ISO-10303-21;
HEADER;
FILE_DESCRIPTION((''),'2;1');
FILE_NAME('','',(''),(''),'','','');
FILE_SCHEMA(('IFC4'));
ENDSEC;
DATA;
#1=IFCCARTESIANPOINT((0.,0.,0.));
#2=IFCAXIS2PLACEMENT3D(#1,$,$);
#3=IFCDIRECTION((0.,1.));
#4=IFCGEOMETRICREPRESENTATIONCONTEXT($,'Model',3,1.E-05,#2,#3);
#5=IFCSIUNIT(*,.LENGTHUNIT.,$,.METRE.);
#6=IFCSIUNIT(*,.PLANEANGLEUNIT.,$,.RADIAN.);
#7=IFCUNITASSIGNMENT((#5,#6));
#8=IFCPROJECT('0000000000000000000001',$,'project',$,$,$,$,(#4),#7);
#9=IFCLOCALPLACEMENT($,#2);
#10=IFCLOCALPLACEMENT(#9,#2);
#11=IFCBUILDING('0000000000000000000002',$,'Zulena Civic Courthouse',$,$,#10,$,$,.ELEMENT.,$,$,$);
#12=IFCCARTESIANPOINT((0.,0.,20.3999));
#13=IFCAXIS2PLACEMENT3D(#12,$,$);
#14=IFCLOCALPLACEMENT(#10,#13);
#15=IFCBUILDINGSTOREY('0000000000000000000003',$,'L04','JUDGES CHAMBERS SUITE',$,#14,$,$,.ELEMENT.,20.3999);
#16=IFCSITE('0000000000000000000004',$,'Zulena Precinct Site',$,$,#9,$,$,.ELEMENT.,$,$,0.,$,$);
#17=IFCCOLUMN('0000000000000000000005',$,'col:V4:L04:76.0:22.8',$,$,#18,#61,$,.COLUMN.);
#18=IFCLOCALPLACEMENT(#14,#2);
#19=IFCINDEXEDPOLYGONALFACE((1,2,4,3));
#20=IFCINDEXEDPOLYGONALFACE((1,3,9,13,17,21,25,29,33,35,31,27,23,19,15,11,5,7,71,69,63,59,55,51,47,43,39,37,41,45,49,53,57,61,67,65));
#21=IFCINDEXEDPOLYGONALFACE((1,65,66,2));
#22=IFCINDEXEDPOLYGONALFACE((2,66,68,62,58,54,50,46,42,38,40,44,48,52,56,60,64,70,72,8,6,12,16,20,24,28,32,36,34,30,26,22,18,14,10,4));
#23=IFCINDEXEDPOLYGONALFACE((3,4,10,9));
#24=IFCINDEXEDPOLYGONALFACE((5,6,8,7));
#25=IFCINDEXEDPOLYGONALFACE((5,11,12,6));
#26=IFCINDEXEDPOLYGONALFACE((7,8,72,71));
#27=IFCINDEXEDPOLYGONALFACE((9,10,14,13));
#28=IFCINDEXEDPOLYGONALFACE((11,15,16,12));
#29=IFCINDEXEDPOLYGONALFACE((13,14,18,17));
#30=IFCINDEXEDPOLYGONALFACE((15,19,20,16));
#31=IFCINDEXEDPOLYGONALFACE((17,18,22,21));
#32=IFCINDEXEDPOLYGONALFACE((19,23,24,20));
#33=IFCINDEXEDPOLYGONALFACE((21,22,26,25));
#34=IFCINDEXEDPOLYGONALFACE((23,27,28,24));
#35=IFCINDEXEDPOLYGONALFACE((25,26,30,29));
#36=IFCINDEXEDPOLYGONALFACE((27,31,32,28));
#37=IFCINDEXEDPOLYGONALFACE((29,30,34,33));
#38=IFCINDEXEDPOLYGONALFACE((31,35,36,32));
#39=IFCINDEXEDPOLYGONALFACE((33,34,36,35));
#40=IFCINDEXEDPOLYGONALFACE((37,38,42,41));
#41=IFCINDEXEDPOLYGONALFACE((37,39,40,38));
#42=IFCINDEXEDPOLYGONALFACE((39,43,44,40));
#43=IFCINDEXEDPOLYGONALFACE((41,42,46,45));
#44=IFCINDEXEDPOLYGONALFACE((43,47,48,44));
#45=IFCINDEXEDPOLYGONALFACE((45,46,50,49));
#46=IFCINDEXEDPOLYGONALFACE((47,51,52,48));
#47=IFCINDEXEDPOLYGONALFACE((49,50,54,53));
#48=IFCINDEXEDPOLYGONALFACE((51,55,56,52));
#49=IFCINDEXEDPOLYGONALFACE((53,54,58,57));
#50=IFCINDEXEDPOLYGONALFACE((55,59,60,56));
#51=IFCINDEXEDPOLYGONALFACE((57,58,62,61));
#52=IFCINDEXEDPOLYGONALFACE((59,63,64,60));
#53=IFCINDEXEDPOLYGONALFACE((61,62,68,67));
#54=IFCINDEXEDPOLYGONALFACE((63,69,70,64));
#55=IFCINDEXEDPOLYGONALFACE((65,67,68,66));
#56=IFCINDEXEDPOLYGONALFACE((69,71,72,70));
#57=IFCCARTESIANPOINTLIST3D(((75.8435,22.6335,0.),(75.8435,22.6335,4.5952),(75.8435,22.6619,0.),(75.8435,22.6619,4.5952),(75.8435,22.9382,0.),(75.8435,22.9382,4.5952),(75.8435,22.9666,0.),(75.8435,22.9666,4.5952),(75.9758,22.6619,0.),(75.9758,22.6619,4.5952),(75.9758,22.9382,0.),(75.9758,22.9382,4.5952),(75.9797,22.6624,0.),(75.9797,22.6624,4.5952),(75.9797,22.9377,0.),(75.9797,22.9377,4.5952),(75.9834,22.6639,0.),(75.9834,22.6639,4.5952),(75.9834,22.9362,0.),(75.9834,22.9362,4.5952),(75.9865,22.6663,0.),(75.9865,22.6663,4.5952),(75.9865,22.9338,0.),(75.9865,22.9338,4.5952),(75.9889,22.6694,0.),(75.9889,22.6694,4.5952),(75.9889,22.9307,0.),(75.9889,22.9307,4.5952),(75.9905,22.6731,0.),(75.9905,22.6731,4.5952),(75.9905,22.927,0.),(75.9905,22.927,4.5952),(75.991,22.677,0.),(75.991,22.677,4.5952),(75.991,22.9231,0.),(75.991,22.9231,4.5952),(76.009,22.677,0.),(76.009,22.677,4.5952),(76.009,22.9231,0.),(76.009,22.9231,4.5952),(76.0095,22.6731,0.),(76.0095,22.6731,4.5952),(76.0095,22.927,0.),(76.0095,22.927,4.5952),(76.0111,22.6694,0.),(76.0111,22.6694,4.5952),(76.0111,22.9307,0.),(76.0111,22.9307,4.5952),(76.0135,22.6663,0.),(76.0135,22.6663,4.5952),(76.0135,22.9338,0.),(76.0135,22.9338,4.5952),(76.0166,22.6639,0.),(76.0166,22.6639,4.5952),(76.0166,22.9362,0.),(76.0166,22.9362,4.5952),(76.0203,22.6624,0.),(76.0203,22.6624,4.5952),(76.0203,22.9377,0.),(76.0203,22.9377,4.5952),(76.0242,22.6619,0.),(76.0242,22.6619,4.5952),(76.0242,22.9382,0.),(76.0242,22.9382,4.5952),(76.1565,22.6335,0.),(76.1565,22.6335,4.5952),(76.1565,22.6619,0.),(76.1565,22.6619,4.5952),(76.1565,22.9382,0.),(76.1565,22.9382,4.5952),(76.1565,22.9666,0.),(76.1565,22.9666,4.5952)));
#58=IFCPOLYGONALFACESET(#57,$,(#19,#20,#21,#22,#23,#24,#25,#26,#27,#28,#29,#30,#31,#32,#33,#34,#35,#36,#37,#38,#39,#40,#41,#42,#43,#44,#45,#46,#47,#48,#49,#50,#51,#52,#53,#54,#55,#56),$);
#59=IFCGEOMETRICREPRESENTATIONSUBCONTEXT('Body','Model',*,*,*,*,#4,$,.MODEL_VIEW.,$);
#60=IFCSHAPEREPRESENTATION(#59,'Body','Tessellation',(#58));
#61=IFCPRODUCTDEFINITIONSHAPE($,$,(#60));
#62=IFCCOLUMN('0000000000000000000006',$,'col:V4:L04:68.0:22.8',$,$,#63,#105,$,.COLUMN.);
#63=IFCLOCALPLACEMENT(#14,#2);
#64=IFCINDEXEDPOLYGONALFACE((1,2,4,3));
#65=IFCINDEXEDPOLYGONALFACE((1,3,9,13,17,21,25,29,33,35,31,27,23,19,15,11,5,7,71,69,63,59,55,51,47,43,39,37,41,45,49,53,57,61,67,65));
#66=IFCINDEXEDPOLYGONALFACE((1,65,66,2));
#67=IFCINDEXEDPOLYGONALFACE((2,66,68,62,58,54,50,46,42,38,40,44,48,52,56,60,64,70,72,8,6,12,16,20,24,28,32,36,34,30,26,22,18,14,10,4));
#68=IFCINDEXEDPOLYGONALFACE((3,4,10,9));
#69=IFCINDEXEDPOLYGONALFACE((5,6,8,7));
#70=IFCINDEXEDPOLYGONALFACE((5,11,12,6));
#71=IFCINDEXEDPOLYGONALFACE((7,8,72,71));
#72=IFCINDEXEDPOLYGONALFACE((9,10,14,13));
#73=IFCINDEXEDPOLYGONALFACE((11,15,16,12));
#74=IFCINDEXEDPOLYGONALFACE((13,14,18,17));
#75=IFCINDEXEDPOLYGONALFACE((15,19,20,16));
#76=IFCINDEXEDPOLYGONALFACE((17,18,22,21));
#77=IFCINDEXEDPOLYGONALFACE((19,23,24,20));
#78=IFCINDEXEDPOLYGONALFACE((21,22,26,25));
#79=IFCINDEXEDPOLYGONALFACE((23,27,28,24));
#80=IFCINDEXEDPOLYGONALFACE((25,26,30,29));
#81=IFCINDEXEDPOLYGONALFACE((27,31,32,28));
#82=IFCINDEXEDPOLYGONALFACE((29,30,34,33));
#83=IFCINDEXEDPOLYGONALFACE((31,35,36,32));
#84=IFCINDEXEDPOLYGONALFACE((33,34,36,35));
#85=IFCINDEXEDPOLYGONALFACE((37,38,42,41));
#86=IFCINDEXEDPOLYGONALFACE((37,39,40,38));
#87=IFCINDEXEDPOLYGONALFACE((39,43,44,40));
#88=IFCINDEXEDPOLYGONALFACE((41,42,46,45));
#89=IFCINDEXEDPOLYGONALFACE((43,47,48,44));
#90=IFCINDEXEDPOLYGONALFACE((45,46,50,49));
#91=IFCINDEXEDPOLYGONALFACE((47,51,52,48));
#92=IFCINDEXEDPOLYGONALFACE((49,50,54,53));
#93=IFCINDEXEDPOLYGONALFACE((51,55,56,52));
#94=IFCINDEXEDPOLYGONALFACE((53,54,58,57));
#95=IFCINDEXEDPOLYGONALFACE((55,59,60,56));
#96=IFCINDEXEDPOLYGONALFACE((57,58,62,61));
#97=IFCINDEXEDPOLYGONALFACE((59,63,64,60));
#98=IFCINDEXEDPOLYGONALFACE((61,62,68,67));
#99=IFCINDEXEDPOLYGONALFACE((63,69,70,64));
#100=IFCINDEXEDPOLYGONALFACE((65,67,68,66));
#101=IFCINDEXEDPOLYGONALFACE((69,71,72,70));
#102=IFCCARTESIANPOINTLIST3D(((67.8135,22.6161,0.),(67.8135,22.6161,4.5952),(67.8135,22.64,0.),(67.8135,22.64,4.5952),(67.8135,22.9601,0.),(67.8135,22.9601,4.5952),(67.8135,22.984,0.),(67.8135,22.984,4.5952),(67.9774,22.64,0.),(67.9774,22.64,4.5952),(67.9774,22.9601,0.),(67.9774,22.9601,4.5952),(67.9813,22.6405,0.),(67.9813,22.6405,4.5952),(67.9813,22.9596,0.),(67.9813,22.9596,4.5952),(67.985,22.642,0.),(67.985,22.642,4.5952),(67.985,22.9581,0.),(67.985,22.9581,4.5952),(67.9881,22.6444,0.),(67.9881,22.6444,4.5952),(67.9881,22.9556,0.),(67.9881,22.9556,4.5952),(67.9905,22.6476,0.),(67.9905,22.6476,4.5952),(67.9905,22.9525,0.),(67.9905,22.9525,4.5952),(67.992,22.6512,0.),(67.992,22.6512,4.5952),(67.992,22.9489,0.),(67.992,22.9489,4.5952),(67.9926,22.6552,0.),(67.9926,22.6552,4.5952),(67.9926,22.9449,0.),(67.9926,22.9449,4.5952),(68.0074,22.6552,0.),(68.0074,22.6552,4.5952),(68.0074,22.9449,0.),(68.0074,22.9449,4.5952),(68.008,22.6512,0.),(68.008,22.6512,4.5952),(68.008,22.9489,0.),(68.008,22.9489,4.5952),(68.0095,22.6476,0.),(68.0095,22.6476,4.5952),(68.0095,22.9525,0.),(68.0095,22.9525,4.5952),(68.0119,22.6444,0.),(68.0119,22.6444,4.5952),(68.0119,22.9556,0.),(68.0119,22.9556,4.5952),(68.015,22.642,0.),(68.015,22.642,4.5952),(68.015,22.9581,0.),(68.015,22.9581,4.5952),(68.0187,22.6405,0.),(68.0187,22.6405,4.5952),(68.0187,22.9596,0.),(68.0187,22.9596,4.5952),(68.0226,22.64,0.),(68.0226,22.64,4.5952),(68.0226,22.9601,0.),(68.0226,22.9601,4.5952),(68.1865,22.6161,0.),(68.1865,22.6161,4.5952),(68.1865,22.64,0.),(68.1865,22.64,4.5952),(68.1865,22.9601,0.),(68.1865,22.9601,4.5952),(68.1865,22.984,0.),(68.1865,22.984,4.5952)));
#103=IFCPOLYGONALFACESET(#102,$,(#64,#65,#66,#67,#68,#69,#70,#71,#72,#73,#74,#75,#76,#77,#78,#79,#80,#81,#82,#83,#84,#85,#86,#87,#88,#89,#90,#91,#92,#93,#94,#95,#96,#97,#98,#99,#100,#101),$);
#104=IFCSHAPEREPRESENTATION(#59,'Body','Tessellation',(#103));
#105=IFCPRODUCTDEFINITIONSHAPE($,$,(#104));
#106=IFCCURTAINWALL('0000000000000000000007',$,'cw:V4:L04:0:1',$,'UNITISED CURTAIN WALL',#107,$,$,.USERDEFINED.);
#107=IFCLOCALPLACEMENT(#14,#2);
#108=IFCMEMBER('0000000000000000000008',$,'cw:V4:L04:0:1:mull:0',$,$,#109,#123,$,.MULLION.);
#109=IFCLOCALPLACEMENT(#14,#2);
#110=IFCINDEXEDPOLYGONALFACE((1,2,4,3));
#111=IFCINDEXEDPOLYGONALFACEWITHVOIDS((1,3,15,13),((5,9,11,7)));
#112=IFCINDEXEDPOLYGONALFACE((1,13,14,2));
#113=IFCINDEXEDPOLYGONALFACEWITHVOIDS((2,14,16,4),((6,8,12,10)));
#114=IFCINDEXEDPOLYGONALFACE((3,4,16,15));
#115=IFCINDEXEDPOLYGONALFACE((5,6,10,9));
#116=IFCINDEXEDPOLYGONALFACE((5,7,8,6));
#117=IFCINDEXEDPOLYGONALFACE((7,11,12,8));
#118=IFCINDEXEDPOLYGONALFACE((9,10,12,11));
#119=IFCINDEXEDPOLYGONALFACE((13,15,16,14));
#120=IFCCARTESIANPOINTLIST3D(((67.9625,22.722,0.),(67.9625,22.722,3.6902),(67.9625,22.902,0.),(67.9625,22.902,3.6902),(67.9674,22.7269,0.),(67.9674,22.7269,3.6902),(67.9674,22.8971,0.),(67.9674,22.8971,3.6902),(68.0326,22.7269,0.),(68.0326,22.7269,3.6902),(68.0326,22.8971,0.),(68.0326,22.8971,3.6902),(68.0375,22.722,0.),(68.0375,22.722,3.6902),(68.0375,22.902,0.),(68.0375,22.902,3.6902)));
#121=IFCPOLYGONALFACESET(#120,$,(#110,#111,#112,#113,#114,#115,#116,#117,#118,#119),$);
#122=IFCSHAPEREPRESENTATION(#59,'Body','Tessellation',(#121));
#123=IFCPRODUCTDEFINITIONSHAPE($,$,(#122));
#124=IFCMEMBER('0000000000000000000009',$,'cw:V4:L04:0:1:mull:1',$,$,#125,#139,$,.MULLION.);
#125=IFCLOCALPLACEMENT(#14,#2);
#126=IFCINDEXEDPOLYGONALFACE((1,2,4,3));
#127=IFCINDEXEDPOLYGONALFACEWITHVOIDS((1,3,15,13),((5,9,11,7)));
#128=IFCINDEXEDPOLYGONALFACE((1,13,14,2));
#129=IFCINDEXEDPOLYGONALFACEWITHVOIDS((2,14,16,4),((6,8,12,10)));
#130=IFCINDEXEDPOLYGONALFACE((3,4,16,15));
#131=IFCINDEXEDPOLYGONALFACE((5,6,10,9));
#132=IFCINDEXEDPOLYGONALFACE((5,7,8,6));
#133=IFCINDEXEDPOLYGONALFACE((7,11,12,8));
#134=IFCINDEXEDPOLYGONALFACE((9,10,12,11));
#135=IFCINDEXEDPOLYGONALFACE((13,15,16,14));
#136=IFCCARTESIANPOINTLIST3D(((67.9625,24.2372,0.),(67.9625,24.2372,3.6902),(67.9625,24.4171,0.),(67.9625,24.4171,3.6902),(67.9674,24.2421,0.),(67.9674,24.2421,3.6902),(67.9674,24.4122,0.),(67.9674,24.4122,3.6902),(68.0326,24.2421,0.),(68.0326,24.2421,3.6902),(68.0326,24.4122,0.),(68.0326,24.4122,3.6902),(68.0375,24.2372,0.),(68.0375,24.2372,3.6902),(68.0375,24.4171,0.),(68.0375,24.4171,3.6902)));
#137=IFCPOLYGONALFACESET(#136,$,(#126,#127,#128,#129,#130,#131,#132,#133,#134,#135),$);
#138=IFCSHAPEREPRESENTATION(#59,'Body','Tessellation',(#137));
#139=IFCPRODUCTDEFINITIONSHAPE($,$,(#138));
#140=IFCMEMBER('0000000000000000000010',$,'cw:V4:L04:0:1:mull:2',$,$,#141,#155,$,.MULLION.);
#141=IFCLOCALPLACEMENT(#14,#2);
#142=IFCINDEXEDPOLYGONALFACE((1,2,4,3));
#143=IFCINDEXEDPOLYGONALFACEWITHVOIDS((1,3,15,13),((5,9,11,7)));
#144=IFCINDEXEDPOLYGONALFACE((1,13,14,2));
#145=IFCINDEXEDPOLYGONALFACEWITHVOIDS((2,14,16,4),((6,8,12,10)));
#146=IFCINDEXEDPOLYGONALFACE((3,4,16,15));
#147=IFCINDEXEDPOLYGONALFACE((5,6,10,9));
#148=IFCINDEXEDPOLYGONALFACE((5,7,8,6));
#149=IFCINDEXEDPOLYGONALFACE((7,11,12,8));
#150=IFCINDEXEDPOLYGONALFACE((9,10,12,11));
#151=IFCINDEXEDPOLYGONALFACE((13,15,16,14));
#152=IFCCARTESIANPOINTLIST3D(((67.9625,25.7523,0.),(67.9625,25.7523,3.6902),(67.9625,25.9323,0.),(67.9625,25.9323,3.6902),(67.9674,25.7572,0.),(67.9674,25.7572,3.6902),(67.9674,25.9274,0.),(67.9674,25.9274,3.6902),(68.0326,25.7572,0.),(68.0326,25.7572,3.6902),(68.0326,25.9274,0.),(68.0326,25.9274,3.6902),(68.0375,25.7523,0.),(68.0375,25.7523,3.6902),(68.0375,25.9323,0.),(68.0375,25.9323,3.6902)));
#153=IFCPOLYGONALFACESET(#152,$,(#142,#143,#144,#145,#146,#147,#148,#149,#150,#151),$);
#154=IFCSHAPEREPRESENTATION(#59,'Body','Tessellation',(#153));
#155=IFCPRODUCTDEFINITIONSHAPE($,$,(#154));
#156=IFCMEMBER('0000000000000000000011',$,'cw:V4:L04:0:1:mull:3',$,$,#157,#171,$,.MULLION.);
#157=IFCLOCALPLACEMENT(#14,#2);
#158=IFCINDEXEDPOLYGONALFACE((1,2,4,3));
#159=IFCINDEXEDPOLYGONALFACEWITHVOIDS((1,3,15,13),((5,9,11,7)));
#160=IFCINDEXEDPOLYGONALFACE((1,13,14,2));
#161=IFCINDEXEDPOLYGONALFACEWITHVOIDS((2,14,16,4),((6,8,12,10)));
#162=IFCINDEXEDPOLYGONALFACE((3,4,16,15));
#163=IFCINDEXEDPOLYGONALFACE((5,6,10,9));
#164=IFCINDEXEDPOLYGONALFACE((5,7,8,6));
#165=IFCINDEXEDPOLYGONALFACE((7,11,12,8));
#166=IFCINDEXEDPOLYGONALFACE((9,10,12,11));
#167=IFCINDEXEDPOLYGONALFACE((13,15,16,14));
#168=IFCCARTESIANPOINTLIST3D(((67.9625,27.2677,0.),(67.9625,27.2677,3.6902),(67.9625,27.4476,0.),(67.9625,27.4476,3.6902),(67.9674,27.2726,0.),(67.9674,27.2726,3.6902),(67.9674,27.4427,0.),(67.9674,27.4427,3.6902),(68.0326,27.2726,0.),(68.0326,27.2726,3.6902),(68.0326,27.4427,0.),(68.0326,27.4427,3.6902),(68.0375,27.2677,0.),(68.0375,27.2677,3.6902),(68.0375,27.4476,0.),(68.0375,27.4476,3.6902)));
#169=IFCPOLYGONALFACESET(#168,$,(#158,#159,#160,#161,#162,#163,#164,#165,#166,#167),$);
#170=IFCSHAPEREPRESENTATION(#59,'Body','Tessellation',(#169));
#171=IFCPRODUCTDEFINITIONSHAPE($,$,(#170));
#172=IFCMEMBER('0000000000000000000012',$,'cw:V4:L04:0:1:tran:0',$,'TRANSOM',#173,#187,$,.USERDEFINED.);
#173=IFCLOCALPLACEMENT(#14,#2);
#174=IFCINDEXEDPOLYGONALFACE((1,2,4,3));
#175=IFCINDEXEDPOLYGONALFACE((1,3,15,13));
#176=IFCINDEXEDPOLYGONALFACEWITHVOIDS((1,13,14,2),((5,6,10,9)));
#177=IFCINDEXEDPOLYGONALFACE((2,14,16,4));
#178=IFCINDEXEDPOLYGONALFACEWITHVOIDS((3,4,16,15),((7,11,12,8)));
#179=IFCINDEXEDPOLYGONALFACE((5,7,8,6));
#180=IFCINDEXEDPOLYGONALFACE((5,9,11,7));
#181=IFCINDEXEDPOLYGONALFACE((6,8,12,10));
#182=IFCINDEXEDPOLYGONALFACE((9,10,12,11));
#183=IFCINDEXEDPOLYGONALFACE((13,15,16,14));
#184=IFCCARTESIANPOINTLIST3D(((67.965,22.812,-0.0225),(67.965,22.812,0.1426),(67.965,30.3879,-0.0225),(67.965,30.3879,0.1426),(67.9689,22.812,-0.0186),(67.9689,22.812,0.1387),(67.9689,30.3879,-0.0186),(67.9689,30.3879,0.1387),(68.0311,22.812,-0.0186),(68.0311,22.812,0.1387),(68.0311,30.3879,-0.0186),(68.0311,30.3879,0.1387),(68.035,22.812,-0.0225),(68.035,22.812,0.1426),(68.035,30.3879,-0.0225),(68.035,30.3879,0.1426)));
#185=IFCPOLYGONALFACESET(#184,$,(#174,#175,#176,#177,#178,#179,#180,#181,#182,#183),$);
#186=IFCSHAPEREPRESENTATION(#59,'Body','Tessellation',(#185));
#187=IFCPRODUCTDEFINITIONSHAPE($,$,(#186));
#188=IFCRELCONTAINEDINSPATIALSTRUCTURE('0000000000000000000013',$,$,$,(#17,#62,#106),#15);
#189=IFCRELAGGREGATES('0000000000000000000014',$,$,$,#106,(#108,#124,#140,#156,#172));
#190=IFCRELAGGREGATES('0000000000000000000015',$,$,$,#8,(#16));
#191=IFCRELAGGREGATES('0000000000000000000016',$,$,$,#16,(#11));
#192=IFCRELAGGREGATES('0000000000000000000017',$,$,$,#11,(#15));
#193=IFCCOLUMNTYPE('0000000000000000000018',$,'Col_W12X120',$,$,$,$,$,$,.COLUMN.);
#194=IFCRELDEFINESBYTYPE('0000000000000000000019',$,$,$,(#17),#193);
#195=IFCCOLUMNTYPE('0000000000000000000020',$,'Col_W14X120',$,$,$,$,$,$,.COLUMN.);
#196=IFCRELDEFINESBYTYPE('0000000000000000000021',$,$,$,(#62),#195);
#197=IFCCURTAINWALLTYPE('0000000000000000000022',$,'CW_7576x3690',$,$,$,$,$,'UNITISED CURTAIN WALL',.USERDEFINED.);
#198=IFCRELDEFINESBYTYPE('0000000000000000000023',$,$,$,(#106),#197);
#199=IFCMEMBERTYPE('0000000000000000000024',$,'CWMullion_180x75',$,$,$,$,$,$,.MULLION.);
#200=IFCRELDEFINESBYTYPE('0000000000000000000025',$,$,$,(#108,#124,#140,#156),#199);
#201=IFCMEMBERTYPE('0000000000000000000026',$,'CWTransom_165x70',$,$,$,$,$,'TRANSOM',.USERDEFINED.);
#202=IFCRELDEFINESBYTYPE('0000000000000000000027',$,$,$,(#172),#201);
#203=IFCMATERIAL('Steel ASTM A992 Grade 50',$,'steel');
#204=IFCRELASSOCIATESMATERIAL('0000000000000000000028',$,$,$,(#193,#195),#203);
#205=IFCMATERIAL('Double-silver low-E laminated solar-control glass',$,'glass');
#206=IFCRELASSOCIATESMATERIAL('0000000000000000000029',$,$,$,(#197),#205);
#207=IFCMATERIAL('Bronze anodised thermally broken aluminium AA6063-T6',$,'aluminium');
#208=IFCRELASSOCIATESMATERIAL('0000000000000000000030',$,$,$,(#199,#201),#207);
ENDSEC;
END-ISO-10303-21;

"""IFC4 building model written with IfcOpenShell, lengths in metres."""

from ifc_helpers import new_model, si_unit, direction, frame, origin, origin_2d, place, context, subcontext, project, spatial, hollow_rectangle, i_section, extrude, material, material_profile, profile_set, type_object, element, aggregate, save


model = new_model("IFC4")

# Units and contexts
model_context = context("Model", 3, precision=1e-05, world=origin(), true_north=direction((0.0, 1.0)))
body_context = subcontext(model_context, "Body", "Model", "MODEL_VIEW")
ifc_project = project(units=[si_unit("LENGTHUNIT", "METRE"), si_unit("PLANEANGLEUNIT", "RADIAN")], contexts=[model_context])

# Site, building, storey
site_placement = place(None, origin())
site = spatial("IfcSite", under=ifc_project, at=site_placement, Name="Zulena Precinct Site", CompositionType="ELEMENT", RefElevation=0.0)
building_placement = place(site_placement, origin())
building = spatial("IfcBuilding", under=site, at=building_placement, Name="Zulena Civic Courthouse", CompositionType="ELEMENT")
storey_placement = place(building_placement, frame((0.0, 0.0, 20.3999)))
storey = spatial("IfcBuildingStorey", under=building, at=storey_placement, Name="L04", Description="JUDGES CHAMBERS SUITE", CompositionType="ELEMENT", Elevation=20.3999)

# Columns
ifc_material_1 = material(Name="Steel ASTM A992 Grade 50", Category="steel")
ifc_material_profile_1 = material_profile(ifc_material_1, i_section(OverallWidth=0.313, OverallDepth=0.333, WebThickness=0.0181, FlangeThickness=0.0283, FilletRadius=0.0151, at=origin_2d()), Name="W12X120")
ifc_profile_set_1 = profile_set([ifc_material_profile_1], Name="Steel ASTM A992 Grade 50")
column_type_1 = type_object("IfcColumnType", Name="Col_W12X120", PredefinedType="COLUMN", material=ifc_profile_set_1)
column_1_placement = place(storey_placement, frame((76.0, 22.8, 0.0), z_axis=(0.0, 0.0, 1.0), x_axis=(1.0, 0.0, 0.0)))
element("IfcColumn", 1, at=column_1_placement, inside=storey, type_object=column_type_1, Name="col:V4:L04:76.0:22.8", PredefinedType="COLUMN", context=body_context, shape_type="SweptSolid", body=[
    extrude(i_section(OverallWidth=0.313, OverallDepth=0.333, WebThickness=0.0181, FlangeThickness=0.0283, FilletRadius=0.0151, at=origin_2d()), origin(), (0.0, 0.0, 1.0), 4.5952),
])
ifc_material_profile_2 = material_profile(ifc_material_1, i_section(OverallWidth=0.373, OverallDepth=0.3679, WebThickness=0.0149, FlangeThickness=0.0239, FilletRadius=0.0151, at=origin_2d()), Name="W14X120")
ifc_profile_set_2 = profile_set([ifc_material_profile_2], Name="Steel ASTM A992 Grade 50")
column_type_2 = type_object("IfcColumnType", Name="Col_W14X120", PredefinedType="COLUMN", material=ifc_profile_set_2)
column_2_placement = place(storey_placement, frame((68.0, 22.8, 0.0), z_axis=(0.0, 0.0, 1.0), x_axis=(1.0, 0.0, 0.0)))
element("IfcColumn", 2, at=column_2_placement, inside=storey, type_object=column_type_2, Name="col:V4:L04:68.0:22.8", PredefinedType="COLUMN", context=body_context, shape_type="SweptSolid", body=[
    extrude(i_section(OverallWidth=0.373, OverallDepth=0.3679, WebThickness=0.0149, FlangeThickness=0.0239, FilletRadius=0.0151, at=origin_2d()), origin(), (0.0, 0.0, 1.0), 4.5952),
])

# Curtain wall, members
ifc_material_2 = material(Name="Double-silver low-E laminated solar-control glass", Category="glass")
curtain_wall_type = type_object("IfcCurtainWallType", Name="CW_7576x3690", ElementType="UNITISED CURTAIN WALL", PredefinedType="USERDEFINED", material=ifc_material_2)
curtain_wall_placement = place(storey_placement, origin())
curtain_wall = element("IfcCurtainWall", 3, at=curtain_wall_placement, inside=storey, type_object=curtain_wall_type, Name="cw:V4:L04:0:1", ObjectType="UNITISED CURTAIN WALL", PredefinedType="USERDEFINED")
ifc_material_3 = material(Name="Bronze anodised thermally broken aluminium AA6063-T6", Category="aluminium")
ifc_material_profile_3 = material_profile(ifc_material_3, hollow_rectangle(XDim=0.075, YDim=0.1799, WallThickness=0.0049, at=origin_2d()), Name="CWM180X75X5")
ifc_profile_set_3 = profile_set([ifc_material_profile_3], Name="Bronze anodised thermally broken aluminium AA6063-T6")
member_type_1 = type_object("IfcMemberType", Name="CWMullion_180x75", PredefinedType="MULLION", material=ifc_profile_set_3)
member_1_placement = place(storey_placement, frame((68.0, 22.812, 0.0), z_axis=(0.0, 0.0, 1.0), x_axis=(1.0, 0.0, 0.0)))
member_1 = element("IfcMember", 4, at=member_1_placement, type_object=member_type_1, Name="cw:V4:L04:0:1:mull:0", PredefinedType="MULLION", context=body_context, shape_type="SweptSolid", body=[
    extrude(hollow_rectangle(XDim=0.075, YDim=0.1799, WallThickness=0.0049, at=origin_2d()), origin(), (0.0, 0.0, 1.0), 3.6902),
])
member_2_placement = place(storey_placement, frame((68.0, 24.3271, 0.0), z_axis=(0.0, 0.0, 1.0), x_axis=(1.0, 0.0, 0.0)))
member_2 = element("IfcMember", 5, at=member_2_placement, type_object=member_type_1, Name="cw:V4:L04:0:1:mull:1", PredefinedType="MULLION", context=body_context, shape_type="SweptSolid", body=[
    extrude(hollow_rectangle(XDim=0.075, YDim=0.1799, WallThickness=0.0049, at=origin_2d()), origin(), (0.0, 0.0, 1.0), 3.6902),
])
member_3_placement = place(storey_placement, frame((68.0, 25.8423, 0.0), z_axis=(0.0, 0.0, 1.0), x_axis=(1.0, 0.0, 0.0)))
member_3 = element("IfcMember", 6, at=member_3_placement, type_object=member_type_1, Name="cw:V4:L04:0:1:mull:2", PredefinedType="MULLION", context=body_context, shape_type="SweptSolid", body=[
    extrude(hollow_rectangle(XDim=0.075, YDim=0.1799, WallThickness=0.0049, at=origin_2d()), origin(), (0.0, 0.0, 1.0), 3.6902),
])
member_4_placement = place(storey_placement, frame((68.0, 27.3577, 0.0), z_axis=(0.0, 0.0, 1.0), x_axis=(1.0, 0.0, 0.0)))
member_4 = element("IfcMember", 7, at=member_4_placement, type_object=member_type_1, Name="cw:V4:L04:0:1:mull:3", PredefinedType="MULLION", context=body_context, shape_type="SweptSolid", body=[
    extrude(hollow_rectangle(XDim=0.075, YDim=0.1799, WallThickness=0.0049, at=origin_2d()), origin(), (0.0, 0.0, 1.0), 3.6902),
])
ifc_material_profile_4 = material_profile(ifc_material_3, hollow_rectangle(XDim=0.0701, YDim=0.165, WallThickness=0.0039, at=origin_2d()), Name="CWT165X70X4")
ifc_profile_set_4 = profile_set([ifc_material_profile_4], Name="Bronze anodised thermally broken aluminium AA6063-T6")
member_type_2 = type_object("IfcMemberType", Name="CWTransom_165x70", ElementType="TRANSOM", PredefinedType="USERDEFINED", material=ifc_profile_set_4)
member_5_placement = place(storey_placement, frame((68.0, 22.812, 0.0601), z_axis=(0.0, 1.0, 0.0), x_axis=(-1.0, 0.0, 0.0)))
member_5 = element("IfcMember", 8, at=member_5_placement, type_object=member_type_2, Name="cw:V4:L04:0:1:tran:0", ObjectType="TRANSOM", PredefinedType="USERDEFINED", context=body_context, shape_type="SweptSolid", body=[
    extrude(hollow_rectangle(XDim=0.0701, YDim=0.165, WallThickness=0.0039, at=origin_2d()), origin(), (0.0, 0.0, 1.0), 7.5759),
])

aggregate(curtain_wall, [member_1, member_2, member_3, member_4, member_5])

save(model, "model.ifc")
